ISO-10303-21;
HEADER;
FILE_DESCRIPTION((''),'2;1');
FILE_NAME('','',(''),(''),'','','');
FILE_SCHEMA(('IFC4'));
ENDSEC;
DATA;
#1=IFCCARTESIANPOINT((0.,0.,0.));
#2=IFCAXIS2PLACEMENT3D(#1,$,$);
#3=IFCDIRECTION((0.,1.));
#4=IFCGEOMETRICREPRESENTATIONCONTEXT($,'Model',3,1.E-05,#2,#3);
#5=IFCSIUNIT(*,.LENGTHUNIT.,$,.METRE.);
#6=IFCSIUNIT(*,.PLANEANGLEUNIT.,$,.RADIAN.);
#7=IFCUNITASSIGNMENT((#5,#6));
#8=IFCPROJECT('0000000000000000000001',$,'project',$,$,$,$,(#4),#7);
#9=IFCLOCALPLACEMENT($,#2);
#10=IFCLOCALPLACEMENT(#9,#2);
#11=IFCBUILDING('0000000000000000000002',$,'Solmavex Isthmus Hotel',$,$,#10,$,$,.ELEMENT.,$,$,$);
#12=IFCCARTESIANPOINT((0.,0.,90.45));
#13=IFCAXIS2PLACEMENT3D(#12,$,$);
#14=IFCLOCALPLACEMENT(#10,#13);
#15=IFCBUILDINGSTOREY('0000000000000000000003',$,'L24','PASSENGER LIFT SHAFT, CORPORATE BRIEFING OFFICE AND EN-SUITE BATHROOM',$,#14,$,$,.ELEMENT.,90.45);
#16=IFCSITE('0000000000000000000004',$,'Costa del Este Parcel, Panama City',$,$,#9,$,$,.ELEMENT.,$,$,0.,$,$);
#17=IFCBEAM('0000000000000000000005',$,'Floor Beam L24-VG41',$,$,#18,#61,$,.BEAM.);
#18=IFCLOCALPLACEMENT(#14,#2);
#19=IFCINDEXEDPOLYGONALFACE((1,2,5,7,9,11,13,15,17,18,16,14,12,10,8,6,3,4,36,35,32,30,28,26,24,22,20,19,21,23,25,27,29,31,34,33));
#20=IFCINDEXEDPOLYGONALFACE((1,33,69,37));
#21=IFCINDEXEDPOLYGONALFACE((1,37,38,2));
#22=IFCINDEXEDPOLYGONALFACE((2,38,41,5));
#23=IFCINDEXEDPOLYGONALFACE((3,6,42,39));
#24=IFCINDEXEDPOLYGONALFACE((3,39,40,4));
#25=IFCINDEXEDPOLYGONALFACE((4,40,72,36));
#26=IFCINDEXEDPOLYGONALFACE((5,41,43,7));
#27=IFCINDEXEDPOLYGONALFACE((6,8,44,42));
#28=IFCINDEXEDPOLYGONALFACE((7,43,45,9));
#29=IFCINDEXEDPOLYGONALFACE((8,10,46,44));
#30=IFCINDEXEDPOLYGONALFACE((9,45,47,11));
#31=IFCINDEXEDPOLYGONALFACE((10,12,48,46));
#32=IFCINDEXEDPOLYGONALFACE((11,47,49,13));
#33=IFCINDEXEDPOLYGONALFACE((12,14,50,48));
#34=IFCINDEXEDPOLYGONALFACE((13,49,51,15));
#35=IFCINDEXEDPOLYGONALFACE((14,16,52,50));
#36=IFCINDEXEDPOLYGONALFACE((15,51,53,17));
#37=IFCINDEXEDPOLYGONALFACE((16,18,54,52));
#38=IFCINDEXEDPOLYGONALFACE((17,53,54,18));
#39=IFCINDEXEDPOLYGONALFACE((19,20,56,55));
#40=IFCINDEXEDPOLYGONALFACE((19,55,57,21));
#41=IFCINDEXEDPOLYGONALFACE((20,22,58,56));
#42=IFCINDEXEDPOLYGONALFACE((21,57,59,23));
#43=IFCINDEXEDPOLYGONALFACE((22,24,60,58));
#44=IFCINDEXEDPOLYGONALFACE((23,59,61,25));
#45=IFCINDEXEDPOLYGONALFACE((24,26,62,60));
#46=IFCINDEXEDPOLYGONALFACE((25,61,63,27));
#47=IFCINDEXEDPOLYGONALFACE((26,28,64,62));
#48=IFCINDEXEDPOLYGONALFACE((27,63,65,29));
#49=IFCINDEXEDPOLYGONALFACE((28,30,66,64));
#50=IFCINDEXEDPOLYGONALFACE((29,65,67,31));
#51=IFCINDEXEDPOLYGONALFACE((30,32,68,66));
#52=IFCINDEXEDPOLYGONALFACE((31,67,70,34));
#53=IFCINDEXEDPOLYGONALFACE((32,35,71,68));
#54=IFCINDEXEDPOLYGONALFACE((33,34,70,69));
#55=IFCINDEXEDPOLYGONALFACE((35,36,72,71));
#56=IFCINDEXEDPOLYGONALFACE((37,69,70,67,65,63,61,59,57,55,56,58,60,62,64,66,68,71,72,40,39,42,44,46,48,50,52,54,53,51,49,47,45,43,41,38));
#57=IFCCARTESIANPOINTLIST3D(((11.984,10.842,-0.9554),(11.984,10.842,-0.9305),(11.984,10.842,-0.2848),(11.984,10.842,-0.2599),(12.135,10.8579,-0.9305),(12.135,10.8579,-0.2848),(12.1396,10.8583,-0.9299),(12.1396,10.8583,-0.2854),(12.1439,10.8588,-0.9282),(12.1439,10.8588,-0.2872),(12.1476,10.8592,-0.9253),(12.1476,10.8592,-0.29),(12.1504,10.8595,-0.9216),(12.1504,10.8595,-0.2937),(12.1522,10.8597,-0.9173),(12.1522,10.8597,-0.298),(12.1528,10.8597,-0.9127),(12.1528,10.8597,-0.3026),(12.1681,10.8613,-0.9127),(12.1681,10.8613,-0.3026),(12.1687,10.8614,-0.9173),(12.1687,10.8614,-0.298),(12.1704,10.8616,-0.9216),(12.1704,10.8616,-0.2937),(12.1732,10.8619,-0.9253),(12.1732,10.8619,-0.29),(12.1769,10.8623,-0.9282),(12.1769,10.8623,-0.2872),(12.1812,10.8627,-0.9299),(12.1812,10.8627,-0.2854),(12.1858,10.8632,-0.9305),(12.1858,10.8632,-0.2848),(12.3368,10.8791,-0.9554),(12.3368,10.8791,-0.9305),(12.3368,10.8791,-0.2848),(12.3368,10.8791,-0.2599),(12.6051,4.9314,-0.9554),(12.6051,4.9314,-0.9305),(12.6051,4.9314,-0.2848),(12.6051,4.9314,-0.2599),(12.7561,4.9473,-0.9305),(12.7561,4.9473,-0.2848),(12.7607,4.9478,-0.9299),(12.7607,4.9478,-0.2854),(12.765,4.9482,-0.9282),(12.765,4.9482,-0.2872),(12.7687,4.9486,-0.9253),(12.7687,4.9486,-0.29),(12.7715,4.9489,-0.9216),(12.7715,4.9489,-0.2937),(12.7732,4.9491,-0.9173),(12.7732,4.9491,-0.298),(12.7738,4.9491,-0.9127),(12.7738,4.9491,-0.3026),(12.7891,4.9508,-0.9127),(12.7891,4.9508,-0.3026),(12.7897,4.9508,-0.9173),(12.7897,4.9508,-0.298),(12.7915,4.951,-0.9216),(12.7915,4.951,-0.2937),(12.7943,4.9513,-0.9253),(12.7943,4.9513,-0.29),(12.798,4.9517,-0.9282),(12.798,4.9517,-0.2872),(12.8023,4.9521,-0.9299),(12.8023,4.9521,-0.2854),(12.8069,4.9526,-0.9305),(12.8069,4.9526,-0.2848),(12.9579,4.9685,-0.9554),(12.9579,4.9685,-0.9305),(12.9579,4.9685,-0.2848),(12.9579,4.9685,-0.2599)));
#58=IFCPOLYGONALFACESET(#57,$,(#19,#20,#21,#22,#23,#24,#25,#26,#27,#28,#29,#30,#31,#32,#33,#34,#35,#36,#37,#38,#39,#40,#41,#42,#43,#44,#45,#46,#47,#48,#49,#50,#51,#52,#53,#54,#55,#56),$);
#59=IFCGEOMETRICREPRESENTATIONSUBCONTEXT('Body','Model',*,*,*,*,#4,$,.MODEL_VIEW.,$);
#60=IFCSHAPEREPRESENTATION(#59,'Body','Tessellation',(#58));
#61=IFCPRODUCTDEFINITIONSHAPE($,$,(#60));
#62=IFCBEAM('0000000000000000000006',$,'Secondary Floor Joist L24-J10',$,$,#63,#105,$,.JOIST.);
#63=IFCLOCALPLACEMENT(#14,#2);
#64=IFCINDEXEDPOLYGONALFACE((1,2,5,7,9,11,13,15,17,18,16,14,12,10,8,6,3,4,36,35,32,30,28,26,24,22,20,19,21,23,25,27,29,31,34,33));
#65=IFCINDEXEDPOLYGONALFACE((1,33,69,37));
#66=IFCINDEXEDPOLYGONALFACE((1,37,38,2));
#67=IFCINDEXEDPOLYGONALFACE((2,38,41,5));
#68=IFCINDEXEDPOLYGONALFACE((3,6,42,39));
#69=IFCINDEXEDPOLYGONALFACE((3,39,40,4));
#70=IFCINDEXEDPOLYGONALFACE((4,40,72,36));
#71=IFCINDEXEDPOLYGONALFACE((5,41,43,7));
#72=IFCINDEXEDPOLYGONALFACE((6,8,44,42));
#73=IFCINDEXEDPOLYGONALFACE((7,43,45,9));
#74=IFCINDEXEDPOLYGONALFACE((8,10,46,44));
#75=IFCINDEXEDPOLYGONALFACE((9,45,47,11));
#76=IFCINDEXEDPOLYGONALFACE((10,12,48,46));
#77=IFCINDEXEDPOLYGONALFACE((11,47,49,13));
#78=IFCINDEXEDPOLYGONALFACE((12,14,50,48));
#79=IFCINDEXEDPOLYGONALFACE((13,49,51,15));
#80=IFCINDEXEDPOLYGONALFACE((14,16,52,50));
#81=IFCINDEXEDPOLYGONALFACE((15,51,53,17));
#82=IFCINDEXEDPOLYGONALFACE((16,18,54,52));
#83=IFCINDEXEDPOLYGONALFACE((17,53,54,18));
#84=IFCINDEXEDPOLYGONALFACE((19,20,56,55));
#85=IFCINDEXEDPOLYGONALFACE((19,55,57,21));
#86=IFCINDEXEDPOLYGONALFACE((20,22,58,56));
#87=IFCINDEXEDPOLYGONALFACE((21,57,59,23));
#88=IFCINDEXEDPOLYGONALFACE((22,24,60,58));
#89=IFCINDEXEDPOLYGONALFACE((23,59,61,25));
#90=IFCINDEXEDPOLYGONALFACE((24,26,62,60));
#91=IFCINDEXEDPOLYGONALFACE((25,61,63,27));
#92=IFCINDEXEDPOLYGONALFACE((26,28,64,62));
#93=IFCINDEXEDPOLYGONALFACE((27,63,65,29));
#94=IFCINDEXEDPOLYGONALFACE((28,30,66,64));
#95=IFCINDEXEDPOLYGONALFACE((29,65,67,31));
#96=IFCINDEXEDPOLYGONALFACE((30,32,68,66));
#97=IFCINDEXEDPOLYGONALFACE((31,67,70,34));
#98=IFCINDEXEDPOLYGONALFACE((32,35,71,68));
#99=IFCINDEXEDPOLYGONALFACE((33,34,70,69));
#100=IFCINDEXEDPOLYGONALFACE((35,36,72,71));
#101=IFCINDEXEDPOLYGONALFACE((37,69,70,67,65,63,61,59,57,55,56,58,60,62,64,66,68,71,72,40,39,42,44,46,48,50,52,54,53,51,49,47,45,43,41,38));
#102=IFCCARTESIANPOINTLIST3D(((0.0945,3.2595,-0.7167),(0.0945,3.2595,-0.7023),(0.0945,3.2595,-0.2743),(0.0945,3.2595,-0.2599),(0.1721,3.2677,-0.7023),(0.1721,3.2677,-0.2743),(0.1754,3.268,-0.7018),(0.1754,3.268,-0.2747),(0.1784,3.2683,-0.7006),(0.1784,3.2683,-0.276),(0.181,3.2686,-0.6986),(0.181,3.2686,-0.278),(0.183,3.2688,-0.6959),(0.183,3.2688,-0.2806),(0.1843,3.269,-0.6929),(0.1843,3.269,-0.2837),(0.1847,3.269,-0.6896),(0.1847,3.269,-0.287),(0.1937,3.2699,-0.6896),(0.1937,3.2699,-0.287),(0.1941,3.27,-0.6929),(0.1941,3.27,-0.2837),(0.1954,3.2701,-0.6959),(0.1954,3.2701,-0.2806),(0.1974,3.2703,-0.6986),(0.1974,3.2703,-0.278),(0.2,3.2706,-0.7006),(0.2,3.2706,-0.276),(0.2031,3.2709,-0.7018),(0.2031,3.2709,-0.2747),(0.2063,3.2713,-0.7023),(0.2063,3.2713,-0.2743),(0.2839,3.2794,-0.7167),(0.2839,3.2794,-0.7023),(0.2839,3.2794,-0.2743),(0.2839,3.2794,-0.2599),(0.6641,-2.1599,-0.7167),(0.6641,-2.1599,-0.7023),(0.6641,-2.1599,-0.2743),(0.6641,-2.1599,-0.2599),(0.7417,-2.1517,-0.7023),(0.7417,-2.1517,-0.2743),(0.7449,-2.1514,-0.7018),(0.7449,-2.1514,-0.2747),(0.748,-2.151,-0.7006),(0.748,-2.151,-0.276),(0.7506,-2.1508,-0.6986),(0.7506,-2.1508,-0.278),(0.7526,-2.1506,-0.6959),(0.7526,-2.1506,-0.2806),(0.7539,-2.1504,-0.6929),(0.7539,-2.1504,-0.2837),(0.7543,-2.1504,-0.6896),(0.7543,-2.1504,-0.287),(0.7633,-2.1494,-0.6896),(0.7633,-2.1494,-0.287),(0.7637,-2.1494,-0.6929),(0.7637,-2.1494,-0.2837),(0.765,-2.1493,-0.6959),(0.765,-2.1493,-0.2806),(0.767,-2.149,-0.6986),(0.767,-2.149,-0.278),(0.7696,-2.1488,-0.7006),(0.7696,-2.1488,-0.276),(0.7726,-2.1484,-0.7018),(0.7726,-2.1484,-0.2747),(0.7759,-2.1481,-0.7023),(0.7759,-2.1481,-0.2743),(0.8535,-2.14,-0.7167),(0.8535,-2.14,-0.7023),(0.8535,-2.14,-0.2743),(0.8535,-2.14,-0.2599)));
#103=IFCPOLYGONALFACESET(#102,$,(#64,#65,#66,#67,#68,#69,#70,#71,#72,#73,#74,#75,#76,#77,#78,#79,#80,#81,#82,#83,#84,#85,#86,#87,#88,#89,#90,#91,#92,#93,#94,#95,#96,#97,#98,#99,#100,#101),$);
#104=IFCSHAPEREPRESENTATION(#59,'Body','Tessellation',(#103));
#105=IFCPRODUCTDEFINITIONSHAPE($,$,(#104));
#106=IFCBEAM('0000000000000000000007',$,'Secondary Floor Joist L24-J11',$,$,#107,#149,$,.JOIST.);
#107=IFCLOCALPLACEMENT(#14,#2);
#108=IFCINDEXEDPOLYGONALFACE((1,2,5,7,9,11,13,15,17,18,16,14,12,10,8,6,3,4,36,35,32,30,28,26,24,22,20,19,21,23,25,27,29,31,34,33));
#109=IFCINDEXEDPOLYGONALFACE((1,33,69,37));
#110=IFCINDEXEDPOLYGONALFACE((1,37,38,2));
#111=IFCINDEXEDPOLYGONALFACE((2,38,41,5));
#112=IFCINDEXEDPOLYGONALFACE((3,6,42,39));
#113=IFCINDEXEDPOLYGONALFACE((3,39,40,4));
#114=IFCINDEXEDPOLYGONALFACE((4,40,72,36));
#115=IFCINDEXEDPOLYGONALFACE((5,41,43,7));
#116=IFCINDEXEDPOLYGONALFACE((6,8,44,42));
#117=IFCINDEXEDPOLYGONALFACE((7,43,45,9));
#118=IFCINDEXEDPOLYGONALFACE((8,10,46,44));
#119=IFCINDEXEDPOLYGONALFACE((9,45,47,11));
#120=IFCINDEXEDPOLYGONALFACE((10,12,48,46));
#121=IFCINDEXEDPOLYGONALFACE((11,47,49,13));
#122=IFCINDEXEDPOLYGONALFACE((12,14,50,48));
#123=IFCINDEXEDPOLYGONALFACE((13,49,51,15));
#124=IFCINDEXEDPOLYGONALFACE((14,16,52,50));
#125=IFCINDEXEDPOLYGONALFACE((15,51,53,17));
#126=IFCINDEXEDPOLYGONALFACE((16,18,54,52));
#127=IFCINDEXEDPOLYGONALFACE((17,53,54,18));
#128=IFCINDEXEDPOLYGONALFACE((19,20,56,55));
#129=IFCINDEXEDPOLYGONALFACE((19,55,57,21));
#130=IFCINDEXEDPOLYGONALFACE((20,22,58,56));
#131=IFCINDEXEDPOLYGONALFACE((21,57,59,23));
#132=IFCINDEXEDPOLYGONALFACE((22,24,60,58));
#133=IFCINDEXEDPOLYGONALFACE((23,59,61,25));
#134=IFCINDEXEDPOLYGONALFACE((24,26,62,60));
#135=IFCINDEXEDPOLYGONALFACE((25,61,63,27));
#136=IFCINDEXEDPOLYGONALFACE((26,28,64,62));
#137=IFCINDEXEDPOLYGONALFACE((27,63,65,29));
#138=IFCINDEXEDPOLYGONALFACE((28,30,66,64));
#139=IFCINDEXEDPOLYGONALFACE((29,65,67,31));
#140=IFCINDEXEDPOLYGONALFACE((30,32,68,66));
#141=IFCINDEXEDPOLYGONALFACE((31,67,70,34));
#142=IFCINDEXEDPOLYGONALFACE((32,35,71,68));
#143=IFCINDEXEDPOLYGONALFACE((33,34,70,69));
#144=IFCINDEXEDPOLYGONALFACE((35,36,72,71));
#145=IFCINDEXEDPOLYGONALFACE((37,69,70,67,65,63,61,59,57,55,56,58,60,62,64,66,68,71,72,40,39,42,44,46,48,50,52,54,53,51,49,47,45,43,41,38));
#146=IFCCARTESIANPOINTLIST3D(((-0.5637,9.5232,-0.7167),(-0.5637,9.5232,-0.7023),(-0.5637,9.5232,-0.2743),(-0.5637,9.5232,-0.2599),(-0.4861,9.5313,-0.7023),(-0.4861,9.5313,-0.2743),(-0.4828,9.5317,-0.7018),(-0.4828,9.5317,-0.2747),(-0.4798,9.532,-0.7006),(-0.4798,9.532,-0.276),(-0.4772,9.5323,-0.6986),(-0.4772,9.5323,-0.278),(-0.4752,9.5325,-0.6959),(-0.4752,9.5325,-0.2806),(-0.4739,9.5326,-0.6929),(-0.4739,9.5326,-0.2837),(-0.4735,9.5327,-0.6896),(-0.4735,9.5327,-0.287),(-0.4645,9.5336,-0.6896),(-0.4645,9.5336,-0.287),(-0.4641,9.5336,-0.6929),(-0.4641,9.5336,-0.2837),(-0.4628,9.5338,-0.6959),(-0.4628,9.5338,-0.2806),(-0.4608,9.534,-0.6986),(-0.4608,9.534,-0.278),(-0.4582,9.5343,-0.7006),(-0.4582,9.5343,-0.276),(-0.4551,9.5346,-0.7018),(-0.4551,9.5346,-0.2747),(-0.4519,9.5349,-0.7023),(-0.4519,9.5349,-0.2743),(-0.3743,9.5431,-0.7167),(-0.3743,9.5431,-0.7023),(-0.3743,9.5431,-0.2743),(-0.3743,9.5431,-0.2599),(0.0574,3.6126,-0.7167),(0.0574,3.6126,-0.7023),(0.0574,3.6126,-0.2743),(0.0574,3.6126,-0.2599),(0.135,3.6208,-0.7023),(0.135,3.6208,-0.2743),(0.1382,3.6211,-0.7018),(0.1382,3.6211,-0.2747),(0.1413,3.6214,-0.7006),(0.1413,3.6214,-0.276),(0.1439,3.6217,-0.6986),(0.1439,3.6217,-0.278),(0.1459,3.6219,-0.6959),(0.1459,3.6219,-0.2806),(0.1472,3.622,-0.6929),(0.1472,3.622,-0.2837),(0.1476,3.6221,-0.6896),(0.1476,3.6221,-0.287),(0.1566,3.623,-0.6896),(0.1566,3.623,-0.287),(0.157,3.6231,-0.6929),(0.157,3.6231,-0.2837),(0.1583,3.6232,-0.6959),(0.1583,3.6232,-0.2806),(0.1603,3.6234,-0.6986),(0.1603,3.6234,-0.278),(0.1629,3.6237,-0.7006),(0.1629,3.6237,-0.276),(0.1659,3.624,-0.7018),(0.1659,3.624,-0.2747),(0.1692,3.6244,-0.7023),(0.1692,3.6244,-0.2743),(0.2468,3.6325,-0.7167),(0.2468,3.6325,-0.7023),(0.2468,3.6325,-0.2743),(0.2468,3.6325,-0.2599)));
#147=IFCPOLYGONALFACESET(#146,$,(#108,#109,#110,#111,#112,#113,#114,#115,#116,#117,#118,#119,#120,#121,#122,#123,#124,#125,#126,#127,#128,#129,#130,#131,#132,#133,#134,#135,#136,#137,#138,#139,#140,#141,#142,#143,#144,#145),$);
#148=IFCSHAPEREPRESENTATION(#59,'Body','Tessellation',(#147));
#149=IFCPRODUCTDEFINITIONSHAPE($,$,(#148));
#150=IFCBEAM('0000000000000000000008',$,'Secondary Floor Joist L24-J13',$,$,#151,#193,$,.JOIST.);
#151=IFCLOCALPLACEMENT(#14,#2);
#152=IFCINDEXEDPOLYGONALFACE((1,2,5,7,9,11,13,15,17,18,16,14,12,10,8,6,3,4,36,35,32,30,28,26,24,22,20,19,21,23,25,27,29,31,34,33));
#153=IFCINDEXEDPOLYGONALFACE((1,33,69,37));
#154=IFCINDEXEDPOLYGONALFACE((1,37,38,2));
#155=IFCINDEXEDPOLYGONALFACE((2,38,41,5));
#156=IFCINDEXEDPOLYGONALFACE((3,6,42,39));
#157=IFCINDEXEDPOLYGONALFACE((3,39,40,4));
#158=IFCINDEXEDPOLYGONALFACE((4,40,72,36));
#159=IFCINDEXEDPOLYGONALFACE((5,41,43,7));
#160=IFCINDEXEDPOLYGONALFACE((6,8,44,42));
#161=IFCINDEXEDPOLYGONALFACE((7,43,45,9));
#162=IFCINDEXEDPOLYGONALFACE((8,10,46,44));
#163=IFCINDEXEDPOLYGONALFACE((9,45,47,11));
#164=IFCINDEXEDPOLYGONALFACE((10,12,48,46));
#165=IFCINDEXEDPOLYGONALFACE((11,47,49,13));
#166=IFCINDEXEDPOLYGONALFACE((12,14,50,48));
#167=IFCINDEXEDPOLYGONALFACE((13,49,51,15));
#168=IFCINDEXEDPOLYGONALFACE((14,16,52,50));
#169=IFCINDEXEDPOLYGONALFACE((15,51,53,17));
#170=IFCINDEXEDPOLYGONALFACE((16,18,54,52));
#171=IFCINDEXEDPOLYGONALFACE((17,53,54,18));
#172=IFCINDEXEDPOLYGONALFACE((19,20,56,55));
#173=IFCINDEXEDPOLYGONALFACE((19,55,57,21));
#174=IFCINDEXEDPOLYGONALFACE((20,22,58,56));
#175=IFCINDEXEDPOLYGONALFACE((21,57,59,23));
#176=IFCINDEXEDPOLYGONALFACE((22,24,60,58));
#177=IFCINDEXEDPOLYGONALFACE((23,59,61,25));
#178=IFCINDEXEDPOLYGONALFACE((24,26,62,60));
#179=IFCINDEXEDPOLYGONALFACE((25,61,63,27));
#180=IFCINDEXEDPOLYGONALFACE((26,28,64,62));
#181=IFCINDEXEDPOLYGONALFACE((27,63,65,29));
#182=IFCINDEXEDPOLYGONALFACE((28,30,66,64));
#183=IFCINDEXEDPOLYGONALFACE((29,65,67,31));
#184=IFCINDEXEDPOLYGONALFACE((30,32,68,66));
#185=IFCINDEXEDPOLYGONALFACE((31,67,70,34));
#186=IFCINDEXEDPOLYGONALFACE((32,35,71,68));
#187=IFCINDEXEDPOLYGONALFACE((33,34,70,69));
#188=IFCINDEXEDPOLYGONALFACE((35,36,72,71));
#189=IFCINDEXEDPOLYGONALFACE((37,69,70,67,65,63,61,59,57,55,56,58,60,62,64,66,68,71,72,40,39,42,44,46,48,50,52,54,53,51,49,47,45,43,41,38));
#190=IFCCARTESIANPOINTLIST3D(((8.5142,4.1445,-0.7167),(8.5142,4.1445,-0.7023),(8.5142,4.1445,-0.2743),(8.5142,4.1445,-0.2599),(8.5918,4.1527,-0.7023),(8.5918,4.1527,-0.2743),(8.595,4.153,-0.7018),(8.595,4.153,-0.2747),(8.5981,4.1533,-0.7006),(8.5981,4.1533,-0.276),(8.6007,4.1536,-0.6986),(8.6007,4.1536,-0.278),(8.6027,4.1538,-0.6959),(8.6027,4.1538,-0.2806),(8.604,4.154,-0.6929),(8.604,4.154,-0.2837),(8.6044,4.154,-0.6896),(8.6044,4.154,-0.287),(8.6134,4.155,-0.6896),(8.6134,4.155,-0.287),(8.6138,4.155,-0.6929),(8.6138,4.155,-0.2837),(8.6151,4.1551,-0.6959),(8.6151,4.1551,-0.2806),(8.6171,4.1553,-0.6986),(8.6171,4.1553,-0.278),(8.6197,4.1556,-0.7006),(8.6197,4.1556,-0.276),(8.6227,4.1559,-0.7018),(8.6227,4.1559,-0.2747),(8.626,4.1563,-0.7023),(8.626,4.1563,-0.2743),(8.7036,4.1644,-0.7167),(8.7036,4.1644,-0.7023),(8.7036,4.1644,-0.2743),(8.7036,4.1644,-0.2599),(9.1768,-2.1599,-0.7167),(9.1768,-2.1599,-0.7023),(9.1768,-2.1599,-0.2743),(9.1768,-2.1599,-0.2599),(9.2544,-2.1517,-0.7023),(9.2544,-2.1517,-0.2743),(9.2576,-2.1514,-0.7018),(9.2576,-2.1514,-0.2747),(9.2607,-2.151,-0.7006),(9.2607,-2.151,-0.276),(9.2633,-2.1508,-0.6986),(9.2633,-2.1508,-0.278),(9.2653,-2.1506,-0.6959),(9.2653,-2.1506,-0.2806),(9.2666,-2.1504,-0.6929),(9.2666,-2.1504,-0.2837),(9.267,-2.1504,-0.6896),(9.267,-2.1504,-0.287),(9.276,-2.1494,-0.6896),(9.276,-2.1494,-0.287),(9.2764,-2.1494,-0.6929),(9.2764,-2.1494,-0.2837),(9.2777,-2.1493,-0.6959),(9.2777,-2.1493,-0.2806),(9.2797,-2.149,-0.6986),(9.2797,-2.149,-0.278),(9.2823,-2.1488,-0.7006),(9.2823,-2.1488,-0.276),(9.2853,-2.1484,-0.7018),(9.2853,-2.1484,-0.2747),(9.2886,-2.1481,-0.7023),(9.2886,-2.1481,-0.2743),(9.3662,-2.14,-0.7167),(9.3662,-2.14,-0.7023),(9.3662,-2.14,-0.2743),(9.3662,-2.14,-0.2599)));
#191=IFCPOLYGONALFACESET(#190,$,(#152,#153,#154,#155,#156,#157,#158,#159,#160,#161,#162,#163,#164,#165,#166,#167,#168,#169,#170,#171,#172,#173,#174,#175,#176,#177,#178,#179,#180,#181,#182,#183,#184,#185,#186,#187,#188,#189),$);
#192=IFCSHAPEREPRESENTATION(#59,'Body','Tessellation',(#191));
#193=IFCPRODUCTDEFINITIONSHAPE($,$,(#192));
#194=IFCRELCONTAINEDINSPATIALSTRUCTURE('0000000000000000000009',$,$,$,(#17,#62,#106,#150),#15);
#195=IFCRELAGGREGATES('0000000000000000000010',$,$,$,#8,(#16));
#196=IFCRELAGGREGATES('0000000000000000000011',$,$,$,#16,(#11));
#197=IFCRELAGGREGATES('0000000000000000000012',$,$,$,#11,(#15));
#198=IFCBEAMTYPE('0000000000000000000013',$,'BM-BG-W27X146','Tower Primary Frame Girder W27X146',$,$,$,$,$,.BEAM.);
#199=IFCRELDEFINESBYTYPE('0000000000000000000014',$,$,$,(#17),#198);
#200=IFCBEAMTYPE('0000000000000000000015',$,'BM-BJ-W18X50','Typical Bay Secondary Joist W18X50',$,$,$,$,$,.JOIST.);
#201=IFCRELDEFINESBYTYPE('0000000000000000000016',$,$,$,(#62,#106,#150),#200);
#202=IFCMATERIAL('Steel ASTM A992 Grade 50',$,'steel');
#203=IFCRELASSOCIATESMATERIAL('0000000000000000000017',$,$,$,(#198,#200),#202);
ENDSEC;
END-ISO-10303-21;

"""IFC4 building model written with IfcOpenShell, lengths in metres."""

from ifc_helpers import new_model, si_unit, direction, frame, origin, origin_2d, place, context, subcontext, project, spatial, i_section, extrude, material, material_profile, profile_set, type_object, element, save


model = new_model("IFC4")

# Units and contexts
model_context = context("Model", 3, precision=1e-05, world=origin(), true_north=direction((0.0, 1.0)))
body_context = subcontext(model_context, "Body", "Model", "MODEL_VIEW")
ifc_project = project(units=[si_unit("LENGTHUNIT", "METRE"), si_unit("PLANEANGLEUNIT", "RADIAN")], contexts=[model_context])

# Site, building, storey
site_placement = place(None, origin())
site = spatial("IfcSite", under=ifc_project, at=site_placement, Name="Costa del Este Parcel, Panama City", CompositionType="ELEMENT", RefElevation=0.0)
building_placement = place(site_placement, origin())
building = spatial("IfcBuilding", under=site, at=building_placement, Name="Solmavex Isthmus Hotel", CompositionType="ELEMENT")
storey_placement = place(building_placement, frame((0.0, 0.0, 90.45)))
storey = spatial("IfcBuildingStorey", under=building, at=storey_placement, Name="L24", Description="PASSENGER LIFT SHAFT, CORPORATE BRIEFING OFFICE AND EN-SUITE BATHROOM", CompositionType="ELEMENT", Elevation=90.45)

# Beams
ifc_material_1 = material(Name="Steel ASTM A992 Grade 50", Category="steel")
ifc_material_profile_1 = material_profile(ifc_material_1, i_section(OverallWidth=0.3547, OverallDepth=0.6956, WebThickness=0.0154, FlangeThickness=0.0249, FilletRadius=0.0178, at=origin_2d()), Name="W27X146")
ifc_profile_set_1 = profile_set([ifc_material_profile_1], Name="Steel ASTM A992 Grade 50")
beam_type_1 = type_object("IfcBeamType", Name="BM-BG-W27X146", Description="Tower Primary Frame Girder W27X146", PredefinedType="BEAM", material=ifc_profile_set_1)
beam_1_placement = place(storey_placement, frame((12.7815, 4.95, -0.6077), z_axis=(-0.104505, 0.994524, 0.0), x_axis=(-0.994524, -0.104505, 0.0)))
element("IfcBeam", 1, at=beam_1_placement, inside=storey, type_object=beam_type_1, Name="Floor Beam L24-VG41", PredefinedType="BEAM", context=body_context, shape_type="SweptSolid", body=[
    extrude(i_section(OverallWidth=0.3547, OverallDepth=0.6956, WebThickness=0.0154, FlangeThickness=0.0249, FilletRadius=0.0178, at=origin_2d()), origin(), (0.0, 0.0, 1.0), 5.9431),
])
ifc_material_profile_2 = material_profile(ifc_material_1, i_section(OverallWidth=0.1904, OverallDepth=0.4568, WebThickness=0.009, FlangeThickness=0.0144, FilletRadius=0.0127, at=origin_2d()), Name="W18X50")
ifc_profile_set_2 = profile_set([ifc_material_profile_2], Name="Steel ASTM A992 Grade 50")
beam_type_2 = type_object("IfcBeamType", Name="BM-BJ-W18X50", Description="Typical Bay Secondary Joist W18X50", PredefinedType="JOIST", material=ifc_profile_set_2)
beam_2_placement = place(storey_placement, frame((0.7588, -2.1499, -0.4883), z_axis=(-0.104524, 0.994522, 0.0), x_axis=(-0.994522, -0.104524, 0.0)))
element("IfcBeam", 2, at=beam_2_placement, inside=storey, type_object=beam_type_2, Name="Secondary Floor Joist L24-J10", PredefinedType="JOIST", context=body_context, shape_type="SweptSolid", body=[
    extrude(i_section(OverallWidth=0.1904, OverallDepth=0.4568, WebThickness=0.009, FlangeThickness=0.0144, FilletRadius=0.0127, at=origin_2d()), origin(), (0.0, 0.0, 1.0), 5.4492),
])
beam_3_placement = place(storey_placement, frame((0.1521, 3.6226, -0.4883), z_axis=(-0.104505, 0.994524, 0.0), x_axis=(-0.994524, -0.104505, 0.0)))
element("IfcBeam", 3, at=beam_3_placement, inside=storey, type_object=beam_type_2, Name="Secondary Floor Joist L24-J11", PredefinedType="JOIST", context=body_context, shape_type="SweptSolid", body=[
    extrude(i_section(OverallWidth=0.1904, OverallDepth=0.4568, WebThickness=0.009, FlangeThickness=0.0144, FilletRadius=0.0127, at=origin_2d()), origin(), (0.0, 0.0, 1.0), 5.9431),
])
beam_4_placement = place(storey_placement, frame((9.2715, -2.1499, -0.4883), z_axis=(-0.104524, 0.994522, 0.0), x_axis=(-0.994522, -0.104524, 0.0)))
element("IfcBeam", 4, at=beam_4_placement, inside=storey, type_object=beam_type_2, Name="Secondary Floor Joist L24-J13", PredefinedType="JOIST", context=body_context, shape_type="SweptSolid", body=[
    extrude(i_section(OverallWidth=0.1904, OverallDepth=0.4568, WebThickness=0.009, FlangeThickness=0.0144, FilletRadius=0.0127, at=origin_2d()), origin(), (0.0, 0.0, 1.0), 6.3391),
])

save(model, "model.ifc")
